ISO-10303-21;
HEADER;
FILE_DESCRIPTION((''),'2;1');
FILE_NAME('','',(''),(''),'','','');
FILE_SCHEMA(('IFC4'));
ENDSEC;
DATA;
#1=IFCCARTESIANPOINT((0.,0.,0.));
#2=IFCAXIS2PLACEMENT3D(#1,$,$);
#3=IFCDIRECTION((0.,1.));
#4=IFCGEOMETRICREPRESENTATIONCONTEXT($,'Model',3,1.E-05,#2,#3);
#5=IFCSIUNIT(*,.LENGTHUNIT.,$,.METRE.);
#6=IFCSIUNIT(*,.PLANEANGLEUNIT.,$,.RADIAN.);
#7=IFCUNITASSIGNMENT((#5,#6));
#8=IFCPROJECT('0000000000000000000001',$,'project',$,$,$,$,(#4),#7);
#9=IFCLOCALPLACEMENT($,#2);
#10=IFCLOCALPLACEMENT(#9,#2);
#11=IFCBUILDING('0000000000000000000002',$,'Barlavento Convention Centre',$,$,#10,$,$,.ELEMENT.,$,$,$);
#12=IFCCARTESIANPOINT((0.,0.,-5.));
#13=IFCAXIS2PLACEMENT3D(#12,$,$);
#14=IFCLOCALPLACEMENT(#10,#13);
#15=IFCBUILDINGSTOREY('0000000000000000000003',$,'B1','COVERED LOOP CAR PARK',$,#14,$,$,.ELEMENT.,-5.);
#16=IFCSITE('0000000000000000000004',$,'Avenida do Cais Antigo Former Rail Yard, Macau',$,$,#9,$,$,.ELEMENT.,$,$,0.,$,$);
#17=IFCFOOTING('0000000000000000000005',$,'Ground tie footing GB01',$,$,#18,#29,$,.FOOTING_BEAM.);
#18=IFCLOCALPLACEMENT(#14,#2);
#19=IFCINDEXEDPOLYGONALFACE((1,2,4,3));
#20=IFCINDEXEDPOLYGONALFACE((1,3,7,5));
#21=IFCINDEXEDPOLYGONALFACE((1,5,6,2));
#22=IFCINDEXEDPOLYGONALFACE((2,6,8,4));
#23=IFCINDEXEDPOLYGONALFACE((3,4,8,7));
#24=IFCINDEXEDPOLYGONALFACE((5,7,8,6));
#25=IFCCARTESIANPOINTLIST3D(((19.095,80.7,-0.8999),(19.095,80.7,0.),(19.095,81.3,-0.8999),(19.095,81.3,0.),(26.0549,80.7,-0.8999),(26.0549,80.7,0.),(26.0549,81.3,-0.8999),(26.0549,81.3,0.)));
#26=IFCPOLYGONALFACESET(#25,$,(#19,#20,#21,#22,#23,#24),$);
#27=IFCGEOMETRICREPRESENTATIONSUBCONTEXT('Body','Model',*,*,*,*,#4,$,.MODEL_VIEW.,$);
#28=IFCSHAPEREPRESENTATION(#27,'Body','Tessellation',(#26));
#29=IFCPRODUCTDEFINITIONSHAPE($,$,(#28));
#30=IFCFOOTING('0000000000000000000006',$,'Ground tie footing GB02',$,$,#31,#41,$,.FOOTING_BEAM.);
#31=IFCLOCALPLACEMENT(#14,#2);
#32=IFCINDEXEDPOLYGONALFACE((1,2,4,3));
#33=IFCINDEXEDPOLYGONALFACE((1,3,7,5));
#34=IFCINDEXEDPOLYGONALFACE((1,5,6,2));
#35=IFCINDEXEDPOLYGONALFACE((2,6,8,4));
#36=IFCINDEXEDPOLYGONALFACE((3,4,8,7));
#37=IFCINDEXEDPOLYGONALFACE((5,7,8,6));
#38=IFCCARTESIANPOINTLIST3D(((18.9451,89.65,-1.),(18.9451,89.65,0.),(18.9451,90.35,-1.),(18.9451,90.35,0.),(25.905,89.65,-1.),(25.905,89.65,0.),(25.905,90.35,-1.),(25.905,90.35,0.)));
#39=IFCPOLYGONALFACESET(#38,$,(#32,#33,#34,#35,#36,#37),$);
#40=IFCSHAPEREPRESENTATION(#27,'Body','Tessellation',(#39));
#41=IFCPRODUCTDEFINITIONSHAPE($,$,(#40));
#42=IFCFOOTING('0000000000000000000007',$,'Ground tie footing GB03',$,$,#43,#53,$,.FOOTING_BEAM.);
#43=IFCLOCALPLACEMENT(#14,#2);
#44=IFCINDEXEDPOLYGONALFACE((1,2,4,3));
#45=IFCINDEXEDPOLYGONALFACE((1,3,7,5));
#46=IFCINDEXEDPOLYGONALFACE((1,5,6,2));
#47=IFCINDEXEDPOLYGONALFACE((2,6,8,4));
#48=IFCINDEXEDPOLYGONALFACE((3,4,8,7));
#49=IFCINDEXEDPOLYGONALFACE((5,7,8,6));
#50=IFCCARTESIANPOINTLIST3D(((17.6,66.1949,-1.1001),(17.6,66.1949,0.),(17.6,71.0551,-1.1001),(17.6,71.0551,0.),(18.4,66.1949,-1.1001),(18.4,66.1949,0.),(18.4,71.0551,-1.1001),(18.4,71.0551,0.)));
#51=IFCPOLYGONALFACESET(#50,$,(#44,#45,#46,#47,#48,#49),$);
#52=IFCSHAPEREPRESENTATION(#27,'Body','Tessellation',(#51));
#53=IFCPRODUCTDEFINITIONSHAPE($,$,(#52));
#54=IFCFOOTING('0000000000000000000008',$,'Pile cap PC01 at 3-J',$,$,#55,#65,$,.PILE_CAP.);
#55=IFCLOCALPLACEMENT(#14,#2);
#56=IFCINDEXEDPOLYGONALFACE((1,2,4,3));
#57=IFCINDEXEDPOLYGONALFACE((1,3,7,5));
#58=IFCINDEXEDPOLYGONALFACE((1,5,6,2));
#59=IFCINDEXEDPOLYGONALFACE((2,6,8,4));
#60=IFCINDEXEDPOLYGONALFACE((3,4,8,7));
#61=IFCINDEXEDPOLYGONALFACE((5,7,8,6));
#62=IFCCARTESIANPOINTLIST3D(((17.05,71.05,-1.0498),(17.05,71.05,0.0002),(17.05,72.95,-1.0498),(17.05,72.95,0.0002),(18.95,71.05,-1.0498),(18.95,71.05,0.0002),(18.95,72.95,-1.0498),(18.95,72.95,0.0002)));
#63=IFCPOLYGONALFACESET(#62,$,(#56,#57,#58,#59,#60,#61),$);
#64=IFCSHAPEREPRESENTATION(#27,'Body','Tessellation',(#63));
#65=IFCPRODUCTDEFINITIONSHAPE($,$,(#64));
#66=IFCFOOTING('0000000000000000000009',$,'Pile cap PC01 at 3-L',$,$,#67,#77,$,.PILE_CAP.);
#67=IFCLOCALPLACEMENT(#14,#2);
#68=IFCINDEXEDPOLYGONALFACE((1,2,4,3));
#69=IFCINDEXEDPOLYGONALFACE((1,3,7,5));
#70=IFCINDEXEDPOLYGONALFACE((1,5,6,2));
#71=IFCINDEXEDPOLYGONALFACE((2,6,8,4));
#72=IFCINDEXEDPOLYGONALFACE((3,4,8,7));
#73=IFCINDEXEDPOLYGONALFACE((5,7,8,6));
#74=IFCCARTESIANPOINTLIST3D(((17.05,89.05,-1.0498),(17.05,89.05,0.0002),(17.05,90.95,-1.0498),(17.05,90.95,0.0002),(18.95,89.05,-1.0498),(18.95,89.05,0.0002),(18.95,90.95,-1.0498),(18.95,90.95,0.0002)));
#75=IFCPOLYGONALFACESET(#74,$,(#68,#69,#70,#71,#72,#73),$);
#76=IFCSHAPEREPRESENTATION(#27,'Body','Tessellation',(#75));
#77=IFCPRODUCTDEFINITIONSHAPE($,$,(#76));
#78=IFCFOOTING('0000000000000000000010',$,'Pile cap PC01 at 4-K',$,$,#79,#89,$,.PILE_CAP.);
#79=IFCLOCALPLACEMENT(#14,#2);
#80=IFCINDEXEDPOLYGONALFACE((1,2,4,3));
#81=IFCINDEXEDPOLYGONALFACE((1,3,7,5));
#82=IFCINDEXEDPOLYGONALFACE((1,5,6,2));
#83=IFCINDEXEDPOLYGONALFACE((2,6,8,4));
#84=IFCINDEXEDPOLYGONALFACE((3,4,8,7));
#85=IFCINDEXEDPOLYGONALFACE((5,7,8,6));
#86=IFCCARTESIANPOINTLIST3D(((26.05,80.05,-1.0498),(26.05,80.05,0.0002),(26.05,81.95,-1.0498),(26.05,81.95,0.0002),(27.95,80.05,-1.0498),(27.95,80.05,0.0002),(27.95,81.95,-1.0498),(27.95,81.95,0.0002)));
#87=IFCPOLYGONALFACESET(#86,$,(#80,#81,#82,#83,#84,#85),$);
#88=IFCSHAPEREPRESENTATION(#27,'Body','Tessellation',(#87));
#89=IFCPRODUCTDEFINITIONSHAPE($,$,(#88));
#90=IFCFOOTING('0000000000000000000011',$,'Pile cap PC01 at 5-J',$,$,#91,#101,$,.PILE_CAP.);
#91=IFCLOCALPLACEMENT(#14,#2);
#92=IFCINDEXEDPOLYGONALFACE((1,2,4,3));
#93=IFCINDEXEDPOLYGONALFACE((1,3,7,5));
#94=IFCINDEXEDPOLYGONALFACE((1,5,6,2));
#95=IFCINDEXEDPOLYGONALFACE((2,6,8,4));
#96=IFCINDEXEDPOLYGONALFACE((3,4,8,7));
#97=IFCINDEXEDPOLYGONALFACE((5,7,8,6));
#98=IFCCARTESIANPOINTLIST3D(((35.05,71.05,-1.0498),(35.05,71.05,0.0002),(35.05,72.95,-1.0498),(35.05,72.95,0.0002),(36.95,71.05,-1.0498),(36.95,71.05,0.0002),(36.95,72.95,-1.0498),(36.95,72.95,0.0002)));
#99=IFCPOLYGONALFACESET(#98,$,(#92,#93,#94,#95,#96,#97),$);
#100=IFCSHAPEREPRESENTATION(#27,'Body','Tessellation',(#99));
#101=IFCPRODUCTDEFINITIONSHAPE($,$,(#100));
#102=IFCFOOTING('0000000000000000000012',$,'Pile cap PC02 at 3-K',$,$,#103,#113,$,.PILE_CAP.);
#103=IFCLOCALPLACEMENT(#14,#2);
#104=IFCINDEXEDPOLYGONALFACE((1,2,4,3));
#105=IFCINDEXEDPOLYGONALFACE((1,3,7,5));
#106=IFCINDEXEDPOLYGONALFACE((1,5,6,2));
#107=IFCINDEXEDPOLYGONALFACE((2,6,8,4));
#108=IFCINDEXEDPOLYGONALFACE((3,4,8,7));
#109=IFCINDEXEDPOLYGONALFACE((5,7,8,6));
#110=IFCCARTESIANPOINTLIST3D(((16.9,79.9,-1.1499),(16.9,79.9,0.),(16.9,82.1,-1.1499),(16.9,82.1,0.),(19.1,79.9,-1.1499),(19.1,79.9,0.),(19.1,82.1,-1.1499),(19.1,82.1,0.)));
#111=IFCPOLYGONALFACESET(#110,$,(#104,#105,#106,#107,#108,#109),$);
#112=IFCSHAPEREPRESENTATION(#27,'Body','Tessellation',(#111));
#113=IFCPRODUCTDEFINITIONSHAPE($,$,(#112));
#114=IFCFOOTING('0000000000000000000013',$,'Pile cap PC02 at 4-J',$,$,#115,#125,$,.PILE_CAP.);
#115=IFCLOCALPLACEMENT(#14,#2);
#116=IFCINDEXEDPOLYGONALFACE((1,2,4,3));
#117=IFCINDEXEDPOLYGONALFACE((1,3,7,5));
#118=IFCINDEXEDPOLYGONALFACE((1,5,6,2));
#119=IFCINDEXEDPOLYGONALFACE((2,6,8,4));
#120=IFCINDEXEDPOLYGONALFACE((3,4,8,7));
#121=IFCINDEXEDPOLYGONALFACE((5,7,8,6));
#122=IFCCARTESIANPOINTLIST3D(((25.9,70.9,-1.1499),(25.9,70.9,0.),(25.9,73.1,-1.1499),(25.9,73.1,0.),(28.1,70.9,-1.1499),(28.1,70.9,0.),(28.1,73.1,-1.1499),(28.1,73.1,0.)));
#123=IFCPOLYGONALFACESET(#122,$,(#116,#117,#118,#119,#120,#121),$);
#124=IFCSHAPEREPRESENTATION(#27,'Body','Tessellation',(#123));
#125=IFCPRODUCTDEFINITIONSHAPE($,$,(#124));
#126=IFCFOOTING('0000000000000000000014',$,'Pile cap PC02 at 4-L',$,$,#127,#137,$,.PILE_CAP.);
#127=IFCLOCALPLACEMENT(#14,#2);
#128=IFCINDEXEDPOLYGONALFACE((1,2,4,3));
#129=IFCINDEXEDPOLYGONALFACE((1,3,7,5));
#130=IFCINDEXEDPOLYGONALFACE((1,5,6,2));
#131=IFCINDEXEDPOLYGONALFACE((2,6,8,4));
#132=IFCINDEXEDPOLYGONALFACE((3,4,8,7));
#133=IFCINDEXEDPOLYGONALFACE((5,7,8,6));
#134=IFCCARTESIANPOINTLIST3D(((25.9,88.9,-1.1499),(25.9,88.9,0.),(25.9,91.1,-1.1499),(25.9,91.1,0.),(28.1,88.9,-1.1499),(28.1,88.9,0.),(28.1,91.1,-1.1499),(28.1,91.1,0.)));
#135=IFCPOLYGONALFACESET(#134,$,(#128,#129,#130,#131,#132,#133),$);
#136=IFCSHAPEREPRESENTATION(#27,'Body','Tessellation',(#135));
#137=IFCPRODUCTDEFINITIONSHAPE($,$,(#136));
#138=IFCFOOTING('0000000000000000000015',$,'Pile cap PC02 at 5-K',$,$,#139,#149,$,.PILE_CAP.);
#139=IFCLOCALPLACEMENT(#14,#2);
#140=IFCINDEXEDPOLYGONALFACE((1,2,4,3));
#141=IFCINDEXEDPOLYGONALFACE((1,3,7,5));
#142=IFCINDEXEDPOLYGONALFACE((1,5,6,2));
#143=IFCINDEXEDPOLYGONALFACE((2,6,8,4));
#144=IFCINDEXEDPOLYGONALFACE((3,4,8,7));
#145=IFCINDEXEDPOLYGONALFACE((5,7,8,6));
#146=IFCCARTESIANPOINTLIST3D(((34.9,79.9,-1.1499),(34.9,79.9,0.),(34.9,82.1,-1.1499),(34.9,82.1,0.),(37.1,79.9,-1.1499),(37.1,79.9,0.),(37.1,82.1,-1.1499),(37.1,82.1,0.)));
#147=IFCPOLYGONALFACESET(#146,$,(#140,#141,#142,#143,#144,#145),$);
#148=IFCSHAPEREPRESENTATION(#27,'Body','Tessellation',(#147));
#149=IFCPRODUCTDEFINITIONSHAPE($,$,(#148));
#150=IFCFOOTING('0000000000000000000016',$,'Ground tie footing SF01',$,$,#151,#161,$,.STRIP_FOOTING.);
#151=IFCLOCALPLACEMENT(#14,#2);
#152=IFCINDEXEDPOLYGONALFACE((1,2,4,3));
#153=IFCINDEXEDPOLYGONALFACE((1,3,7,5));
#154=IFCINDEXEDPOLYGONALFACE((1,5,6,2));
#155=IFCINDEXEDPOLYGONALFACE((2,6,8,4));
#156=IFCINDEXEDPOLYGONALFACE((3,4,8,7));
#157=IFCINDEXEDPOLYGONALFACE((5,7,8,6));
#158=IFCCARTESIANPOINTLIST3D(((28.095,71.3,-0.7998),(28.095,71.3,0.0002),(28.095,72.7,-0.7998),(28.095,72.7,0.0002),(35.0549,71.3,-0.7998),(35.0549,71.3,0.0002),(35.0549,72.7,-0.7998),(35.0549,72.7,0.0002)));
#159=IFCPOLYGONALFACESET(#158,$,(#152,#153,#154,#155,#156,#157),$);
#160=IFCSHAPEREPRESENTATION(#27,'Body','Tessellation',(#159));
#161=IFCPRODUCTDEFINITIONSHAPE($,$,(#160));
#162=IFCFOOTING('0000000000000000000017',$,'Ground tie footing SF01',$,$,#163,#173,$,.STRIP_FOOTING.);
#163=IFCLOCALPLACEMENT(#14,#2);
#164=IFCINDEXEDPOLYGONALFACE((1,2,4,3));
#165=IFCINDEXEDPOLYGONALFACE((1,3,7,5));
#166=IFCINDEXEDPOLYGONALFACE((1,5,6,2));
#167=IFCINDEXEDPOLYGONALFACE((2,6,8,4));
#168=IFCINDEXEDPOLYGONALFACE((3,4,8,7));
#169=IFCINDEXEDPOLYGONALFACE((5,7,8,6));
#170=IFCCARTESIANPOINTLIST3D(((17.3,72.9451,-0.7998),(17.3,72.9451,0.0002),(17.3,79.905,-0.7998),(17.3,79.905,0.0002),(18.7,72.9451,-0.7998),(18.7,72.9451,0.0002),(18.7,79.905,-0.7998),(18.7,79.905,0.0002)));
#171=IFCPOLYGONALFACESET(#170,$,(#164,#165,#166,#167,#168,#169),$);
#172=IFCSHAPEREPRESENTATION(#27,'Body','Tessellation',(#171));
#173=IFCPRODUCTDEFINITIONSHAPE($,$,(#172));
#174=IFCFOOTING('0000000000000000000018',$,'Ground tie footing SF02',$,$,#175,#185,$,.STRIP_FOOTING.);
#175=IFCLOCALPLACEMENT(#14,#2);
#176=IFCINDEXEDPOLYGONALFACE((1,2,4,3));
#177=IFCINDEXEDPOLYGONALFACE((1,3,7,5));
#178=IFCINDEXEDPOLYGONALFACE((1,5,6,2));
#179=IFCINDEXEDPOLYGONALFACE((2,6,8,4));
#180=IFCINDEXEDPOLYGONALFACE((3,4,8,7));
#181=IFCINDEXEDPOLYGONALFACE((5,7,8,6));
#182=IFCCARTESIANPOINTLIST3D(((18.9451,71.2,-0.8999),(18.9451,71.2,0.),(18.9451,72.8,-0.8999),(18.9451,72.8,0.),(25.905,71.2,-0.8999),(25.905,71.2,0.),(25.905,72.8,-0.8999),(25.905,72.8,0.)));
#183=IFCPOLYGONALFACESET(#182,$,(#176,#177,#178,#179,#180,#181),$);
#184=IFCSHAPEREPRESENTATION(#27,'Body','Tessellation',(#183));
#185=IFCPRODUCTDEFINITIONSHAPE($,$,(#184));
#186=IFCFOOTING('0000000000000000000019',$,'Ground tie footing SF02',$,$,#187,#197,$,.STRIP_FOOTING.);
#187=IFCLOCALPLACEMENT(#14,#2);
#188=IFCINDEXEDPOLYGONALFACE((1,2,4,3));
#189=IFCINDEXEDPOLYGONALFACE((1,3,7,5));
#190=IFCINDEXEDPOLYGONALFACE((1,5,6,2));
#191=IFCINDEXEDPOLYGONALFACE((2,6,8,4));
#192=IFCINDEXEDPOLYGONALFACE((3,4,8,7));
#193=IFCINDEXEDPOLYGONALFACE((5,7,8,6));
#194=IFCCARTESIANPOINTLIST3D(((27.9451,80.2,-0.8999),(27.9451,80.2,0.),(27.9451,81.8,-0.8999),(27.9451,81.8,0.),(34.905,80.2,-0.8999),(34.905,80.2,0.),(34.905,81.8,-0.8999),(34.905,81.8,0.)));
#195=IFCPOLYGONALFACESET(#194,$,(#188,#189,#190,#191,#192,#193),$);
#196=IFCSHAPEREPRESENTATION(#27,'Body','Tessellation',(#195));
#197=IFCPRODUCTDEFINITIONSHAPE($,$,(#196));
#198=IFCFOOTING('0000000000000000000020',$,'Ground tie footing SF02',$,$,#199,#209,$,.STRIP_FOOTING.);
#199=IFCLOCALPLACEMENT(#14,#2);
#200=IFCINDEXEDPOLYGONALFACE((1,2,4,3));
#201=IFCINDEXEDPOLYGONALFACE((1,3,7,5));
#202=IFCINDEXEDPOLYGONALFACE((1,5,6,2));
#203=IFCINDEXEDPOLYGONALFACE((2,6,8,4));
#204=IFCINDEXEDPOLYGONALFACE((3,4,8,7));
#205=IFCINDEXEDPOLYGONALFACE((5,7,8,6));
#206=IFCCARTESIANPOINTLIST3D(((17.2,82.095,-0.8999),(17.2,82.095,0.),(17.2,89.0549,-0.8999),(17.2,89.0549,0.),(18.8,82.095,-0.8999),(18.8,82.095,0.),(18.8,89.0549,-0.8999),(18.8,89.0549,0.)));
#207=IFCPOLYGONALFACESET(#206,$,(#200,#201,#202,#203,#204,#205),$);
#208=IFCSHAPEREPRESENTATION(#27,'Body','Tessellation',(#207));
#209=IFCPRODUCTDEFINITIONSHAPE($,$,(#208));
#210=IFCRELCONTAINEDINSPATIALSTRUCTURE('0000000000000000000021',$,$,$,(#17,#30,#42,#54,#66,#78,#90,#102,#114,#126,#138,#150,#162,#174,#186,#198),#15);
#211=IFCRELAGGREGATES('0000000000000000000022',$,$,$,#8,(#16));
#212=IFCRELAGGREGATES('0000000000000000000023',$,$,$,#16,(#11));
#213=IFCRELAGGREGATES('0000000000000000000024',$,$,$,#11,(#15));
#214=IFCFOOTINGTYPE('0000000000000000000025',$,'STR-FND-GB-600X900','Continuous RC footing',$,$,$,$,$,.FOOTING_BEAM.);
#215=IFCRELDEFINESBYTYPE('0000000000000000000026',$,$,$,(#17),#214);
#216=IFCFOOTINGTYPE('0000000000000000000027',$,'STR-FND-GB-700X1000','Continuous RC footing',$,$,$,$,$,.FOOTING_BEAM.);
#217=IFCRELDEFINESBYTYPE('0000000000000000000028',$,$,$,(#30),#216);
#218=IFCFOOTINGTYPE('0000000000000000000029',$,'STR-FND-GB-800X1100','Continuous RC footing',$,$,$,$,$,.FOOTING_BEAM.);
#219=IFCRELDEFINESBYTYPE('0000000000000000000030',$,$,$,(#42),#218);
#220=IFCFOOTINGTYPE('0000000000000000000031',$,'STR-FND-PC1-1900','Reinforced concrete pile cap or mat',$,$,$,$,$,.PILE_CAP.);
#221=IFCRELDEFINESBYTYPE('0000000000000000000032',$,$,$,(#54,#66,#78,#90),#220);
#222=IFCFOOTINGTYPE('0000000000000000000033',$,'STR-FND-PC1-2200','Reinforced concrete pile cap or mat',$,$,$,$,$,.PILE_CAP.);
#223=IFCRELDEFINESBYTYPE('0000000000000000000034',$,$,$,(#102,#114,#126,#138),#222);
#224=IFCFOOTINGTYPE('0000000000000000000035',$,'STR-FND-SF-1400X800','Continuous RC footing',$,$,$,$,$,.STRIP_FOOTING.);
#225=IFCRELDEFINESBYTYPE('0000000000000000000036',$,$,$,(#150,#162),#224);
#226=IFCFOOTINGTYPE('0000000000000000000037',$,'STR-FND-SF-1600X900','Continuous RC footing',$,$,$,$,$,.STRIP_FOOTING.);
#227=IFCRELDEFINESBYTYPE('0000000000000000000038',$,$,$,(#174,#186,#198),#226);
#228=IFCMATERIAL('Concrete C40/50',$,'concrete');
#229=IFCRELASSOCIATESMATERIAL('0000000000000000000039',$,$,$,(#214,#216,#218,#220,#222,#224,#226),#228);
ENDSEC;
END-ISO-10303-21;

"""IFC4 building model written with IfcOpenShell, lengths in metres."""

from ifc_helpers import new_model, si_unit, direction, frame, origin, origin_2d, place, context, subcontext, project, spatial, rectangle, extrude, material, type_object, element, save


model = new_model("IFC4")

# Units and contexts
model_context = context("Model", 3, precision=1e-05, world=origin(), true_north=direction((0.0, 1.0)))
body_context = subcontext(model_context, "Body", "Model", "MODEL_VIEW")
ifc_project = project(units=[si_unit("LENGTHUNIT", "METRE"), si_unit("PLANEANGLEUNIT", "RADIAN")], contexts=[model_context])

# Site, building, storey
site_placement = place(None, origin())
site = spatial("IfcSite", under=ifc_project, at=site_placement, Name="Avenida do Cais Antigo Former Rail Yard, Macau", CompositionType="ELEMENT", RefElevation=0.0)
building_placement = place(site_placement, origin())
building = spatial("IfcBuilding", under=site, at=building_placement, Name="Barlavento Convention Centre", CompositionType="ELEMENT")
storey_placement = place(building_placement, frame((0.0, 0.0, -5.0)))
storey = spatial("IfcBuildingStorey", under=building, at=storey_placement, Name="B1", Description="COVERED LOOP CAR PARK", CompositionType="ELEMENT", Elevation=-5.0)

# Footings
ifc_material_1 = material(Name="Concrete C40/50", Category="concrete")
footing_type_1 = type_object("IfcFootingType", Name="STR-FND-GB-600X900", Description="Continuous RC footing", PredefinedType="FOOTING_BEAM", material=ifc_material_1)
footing_1_placement = place(storey_placement, frame((22.575, 81.0, -0.8999), z_axis=(0.0, 0.0, 1.0), x_axis=(1.0, 0.0, 0.0)))
element("IfcFooting", 1, at=footing_1_placement, inside=storey, type_object=footing_type_1, Name="Ground tie footing GB01", PredefinedType="FOOTING_BEAM", context=body_context, shape_type="SweptSolid", body=[
    extrude(rectangle(XDim=6.96, YDim=0.6001, at=origin_2d()), origin(), (0.0, 0.0, 1.0), 0.8999),
])
footing_type_2 = type_object("IfcFootingType", Name="STR-FND-GB-700X1000", Description="Continuous RC footing", PredefinedType="FOOTING_BEAM", material=ifc_material_1)
footing_2_placement = place(storey_placement, frame((22.425, 90.0, -1.0), z_axis=(0.0, 0.0, 1.0), x_axis=(1.0, 0.0, 0.0)))
element("IfcFooting", 2, at=footing_2_placement, inside=storey, type_object=footing_type_2, Name="Ground tie footing GB02", PredefinedType="FOOTING_BEAM", context=body_context, shape_type="SweptSolid", body=[
    extrude(rectangle(XDim=6.96, YDim=0.7, at=origin_2d()), origin(), (0.0, 0.0, 1.0), 1.0),
])
footing_type_3 = type_object("IfcFootingType", Name="STR-FND-GB-800X1100", Description="Continuous RC footing", PredefinedType="FOOTING_BEAM", material=ifc_material_1)
footing_3_placement = place(storey_placement, frame((18.0, 68.625, -1.1001), z_axis=(0.0, 0.0, 1.0), x_axis=(1.0, 0.0, 0.0)))
element("IfcFooting", 3, at=footing_3_placement, inside=storey, type_object=footing_type_3, Name="Ground tie footing GB03", PredefinedType="FOOTING_BEAM", context=body_context, shape_type="SweptSolid", body=[
    extrude(rectangle(XDim=0.8, YDim=4.8601, at=origin_2d()), origin(), (0.0, 0.0, 1.0), 1.1001),
])
footing_type_4 = type_object("IfcFootingType", Name="STR-FND-PC1-1900", Description="Reinforced concrete pile cap or mat", PredefinedType="PILE_CAP", material=ifc_material_1)
for number, where, z_axis, x_axis, name in (
    (4, (18.0, 72.0, -1.0498), (0.0, 0.0, 1.0), (1.0, 0.0, 0.0), "Pile cap PC01 at 3-J"),
    (5, (18.0, 90.0, -1.0498), (0.0, 0.0, 1.0), (1.0, 0.0, 0.0), "Pile cap PC01 at 3-L"),
    (6, (27.0, 81.0, -1.0498), (0.0, 0.0, 1.0), (1.0, 0.0, 0.0), "Pile cap PC01 at 4-K"),
    (7, (36.0, 72.0, -1.0498), (0.0, 0.0, 1.0), (1.0, 0.0, 0.0), "Pile cap PC01 at 5-J"),
):
    element("IfcFooting", number, at=place(storey_placement, frame(where, z_axis=z_axis, x_axis=x_axis)), inside=storey, type_object=footing_type_4, Name=name, PredefinedType="PILE_CAP", context=body_context, shape_type="SweptSolid", body=[
        extrude(rectangle(XDim=1.8999, YDim=1.8999, at=origin_2d()), origin(), (0.0, 0.0, 1.0), 1.05),
    ])
footing_type_5 = type_object("IfcFootingType", Name="STR-FND-PC1-2200", Description="Reinforced concrete pile cap or mat", PredefinedType="PILE_CAP", material=ifc_material_1)
for number, where, z_axis, x_axis, name in (
    (8, (18.0, 81.0, -1.1499), (0.0, 0.0, 1.0), (1.0, 0.0, 0.0), "Pile cap PC02 at 3-K"),
    (9, (27.0, 72.0, -1.1499), (0.0, 0.0, 1.0), (1.0, 0.0, 0.0), "Pile cap PC02 at 4-J"),
    (10, (27.0, 90.0, -1.1499), (0.0, 0.0, 1.0), (1.0, 0.0, 0.0), "Pile cap PC02 at 4-L"),
    (11, (36.0, 81.0, -1.1499), (0.0, 0.0, 1.0), (1.0, 0.0, 0.0), "Pile cap PC02 at 5-K"),
):
    element("IfcFooting", number, at=place(storey_placement, frame(where, z_axis=z_axis, x_axis=x_axis)), inside=storey, type_object=footing_type_5, Name=name, PredefinedType="PILE_CAP", context=body_context, shape_type="SweptSolid", body=[
        extrude(rectangle(XDim=2.2, YDim=2.2, at=origin_2d()), origin(), (0.0, 0.0, 1.0), 1.1499),
    ])
footing_type_6 = type_object("IfcFootingType", Name="STR-FND-SF-1400X800", Description="Continuous RC footing", PredefinedType="STRIP_FOOTING", material=ifc_material_1)
footing_4_placement = place(storey_placement, frame((31.575, 72.0, -0.7998), z_axis=(0.0, 0.0, 1.0), x_axis=(1.0, 0.0, 0.0)))
element("IfcFooting", 12, at=footing_4_placement, inside=storey, type_object=footing_type_6, Name="Ground tie footing SF01", PredefinedType="STRIP_FOOTING", context=body_context, shape_type="SweptSolid", body=[
    extrude(rectangle(XDim=6.96, YDim=1.3999, at=origin_2d()), origin(), (0.0, 0.0, 1.0), 0.8),
])
footing_5_placement = place(storey_placement, frame((18.0, 76.425, -0.7998), z_axis=(0.0, 0.0, 1.0), x_axis=(1.0, 0.0, 0.0)))
element("IfcFooting", 13, at=footing_5_placement, inside=storey, type_object=footing_type_6, Name="Ground tie footing SF01", PredefinedType="STRIP_FOOTING", context=body_context, shape_type="SweptSolid", body=[
    extrude(rectangle(XDim=1.3999, YDim=6.96, at=origin_2d()), origin(), (0.0, 0.0, 1.0), 0.8),
])
footing_type_7 = type_object("IfcFootingType", Name="STR-FND-SF-1600X900", Description="Continuous RC footing", PredefinedType="STRIP_FOOTING", material=ifc_material_1)
for number, where, z_axis, x_axis, name in (
    (14, (22.425, 72.0, -0.8999), (0.0, 0.0, 1.0), (1.0, 0.0, 0.0), "Ground tie footing SF02"),
    (15, (31.425, 81.0, -0.8999), (0.0, 0.0, 1.0), (1.0, 0.0, 0.0), "Ground tie footing SF02"),
):
    element("IfcFooting", number, at=place(storey_placement, frame(where, z_axis=z_axis, x_axis=x_axis)), inside=storey, type_object=footing_type_7, Name=name, PredefinedType="STRIP_FOOTING", context=body_context, shape_type="SweptSolid", body=[
        extrude(rectangle(XDim=6.96, YDim=1.6001, at=origin_2d()), origin(), (0.0, 0.0, 1.0), 0.8999),
    ])
footing_6_placement = place(storey_placement, frame((18.0, 85.575, -0.8999), z_axis=(0.0, 0.0, 1.0), x_axis=(1.0, 0.0, 0.0)))
element("IfcFooting", 16, at=footing_6_placement, inside=storey, type_object=footing_type_7, Name="Ground tie footing SF02", PredefinedType="STRIP_FOOTING", context=body_context, shape_type="SweptSolid", body=[
    extrude(rectangle(XDim=1.6001, YDim=6.96, at=origin_2d()), origin(), (0.0, 0.0, 1.0), 0.8999),
])

save(model, "model.ifc")
